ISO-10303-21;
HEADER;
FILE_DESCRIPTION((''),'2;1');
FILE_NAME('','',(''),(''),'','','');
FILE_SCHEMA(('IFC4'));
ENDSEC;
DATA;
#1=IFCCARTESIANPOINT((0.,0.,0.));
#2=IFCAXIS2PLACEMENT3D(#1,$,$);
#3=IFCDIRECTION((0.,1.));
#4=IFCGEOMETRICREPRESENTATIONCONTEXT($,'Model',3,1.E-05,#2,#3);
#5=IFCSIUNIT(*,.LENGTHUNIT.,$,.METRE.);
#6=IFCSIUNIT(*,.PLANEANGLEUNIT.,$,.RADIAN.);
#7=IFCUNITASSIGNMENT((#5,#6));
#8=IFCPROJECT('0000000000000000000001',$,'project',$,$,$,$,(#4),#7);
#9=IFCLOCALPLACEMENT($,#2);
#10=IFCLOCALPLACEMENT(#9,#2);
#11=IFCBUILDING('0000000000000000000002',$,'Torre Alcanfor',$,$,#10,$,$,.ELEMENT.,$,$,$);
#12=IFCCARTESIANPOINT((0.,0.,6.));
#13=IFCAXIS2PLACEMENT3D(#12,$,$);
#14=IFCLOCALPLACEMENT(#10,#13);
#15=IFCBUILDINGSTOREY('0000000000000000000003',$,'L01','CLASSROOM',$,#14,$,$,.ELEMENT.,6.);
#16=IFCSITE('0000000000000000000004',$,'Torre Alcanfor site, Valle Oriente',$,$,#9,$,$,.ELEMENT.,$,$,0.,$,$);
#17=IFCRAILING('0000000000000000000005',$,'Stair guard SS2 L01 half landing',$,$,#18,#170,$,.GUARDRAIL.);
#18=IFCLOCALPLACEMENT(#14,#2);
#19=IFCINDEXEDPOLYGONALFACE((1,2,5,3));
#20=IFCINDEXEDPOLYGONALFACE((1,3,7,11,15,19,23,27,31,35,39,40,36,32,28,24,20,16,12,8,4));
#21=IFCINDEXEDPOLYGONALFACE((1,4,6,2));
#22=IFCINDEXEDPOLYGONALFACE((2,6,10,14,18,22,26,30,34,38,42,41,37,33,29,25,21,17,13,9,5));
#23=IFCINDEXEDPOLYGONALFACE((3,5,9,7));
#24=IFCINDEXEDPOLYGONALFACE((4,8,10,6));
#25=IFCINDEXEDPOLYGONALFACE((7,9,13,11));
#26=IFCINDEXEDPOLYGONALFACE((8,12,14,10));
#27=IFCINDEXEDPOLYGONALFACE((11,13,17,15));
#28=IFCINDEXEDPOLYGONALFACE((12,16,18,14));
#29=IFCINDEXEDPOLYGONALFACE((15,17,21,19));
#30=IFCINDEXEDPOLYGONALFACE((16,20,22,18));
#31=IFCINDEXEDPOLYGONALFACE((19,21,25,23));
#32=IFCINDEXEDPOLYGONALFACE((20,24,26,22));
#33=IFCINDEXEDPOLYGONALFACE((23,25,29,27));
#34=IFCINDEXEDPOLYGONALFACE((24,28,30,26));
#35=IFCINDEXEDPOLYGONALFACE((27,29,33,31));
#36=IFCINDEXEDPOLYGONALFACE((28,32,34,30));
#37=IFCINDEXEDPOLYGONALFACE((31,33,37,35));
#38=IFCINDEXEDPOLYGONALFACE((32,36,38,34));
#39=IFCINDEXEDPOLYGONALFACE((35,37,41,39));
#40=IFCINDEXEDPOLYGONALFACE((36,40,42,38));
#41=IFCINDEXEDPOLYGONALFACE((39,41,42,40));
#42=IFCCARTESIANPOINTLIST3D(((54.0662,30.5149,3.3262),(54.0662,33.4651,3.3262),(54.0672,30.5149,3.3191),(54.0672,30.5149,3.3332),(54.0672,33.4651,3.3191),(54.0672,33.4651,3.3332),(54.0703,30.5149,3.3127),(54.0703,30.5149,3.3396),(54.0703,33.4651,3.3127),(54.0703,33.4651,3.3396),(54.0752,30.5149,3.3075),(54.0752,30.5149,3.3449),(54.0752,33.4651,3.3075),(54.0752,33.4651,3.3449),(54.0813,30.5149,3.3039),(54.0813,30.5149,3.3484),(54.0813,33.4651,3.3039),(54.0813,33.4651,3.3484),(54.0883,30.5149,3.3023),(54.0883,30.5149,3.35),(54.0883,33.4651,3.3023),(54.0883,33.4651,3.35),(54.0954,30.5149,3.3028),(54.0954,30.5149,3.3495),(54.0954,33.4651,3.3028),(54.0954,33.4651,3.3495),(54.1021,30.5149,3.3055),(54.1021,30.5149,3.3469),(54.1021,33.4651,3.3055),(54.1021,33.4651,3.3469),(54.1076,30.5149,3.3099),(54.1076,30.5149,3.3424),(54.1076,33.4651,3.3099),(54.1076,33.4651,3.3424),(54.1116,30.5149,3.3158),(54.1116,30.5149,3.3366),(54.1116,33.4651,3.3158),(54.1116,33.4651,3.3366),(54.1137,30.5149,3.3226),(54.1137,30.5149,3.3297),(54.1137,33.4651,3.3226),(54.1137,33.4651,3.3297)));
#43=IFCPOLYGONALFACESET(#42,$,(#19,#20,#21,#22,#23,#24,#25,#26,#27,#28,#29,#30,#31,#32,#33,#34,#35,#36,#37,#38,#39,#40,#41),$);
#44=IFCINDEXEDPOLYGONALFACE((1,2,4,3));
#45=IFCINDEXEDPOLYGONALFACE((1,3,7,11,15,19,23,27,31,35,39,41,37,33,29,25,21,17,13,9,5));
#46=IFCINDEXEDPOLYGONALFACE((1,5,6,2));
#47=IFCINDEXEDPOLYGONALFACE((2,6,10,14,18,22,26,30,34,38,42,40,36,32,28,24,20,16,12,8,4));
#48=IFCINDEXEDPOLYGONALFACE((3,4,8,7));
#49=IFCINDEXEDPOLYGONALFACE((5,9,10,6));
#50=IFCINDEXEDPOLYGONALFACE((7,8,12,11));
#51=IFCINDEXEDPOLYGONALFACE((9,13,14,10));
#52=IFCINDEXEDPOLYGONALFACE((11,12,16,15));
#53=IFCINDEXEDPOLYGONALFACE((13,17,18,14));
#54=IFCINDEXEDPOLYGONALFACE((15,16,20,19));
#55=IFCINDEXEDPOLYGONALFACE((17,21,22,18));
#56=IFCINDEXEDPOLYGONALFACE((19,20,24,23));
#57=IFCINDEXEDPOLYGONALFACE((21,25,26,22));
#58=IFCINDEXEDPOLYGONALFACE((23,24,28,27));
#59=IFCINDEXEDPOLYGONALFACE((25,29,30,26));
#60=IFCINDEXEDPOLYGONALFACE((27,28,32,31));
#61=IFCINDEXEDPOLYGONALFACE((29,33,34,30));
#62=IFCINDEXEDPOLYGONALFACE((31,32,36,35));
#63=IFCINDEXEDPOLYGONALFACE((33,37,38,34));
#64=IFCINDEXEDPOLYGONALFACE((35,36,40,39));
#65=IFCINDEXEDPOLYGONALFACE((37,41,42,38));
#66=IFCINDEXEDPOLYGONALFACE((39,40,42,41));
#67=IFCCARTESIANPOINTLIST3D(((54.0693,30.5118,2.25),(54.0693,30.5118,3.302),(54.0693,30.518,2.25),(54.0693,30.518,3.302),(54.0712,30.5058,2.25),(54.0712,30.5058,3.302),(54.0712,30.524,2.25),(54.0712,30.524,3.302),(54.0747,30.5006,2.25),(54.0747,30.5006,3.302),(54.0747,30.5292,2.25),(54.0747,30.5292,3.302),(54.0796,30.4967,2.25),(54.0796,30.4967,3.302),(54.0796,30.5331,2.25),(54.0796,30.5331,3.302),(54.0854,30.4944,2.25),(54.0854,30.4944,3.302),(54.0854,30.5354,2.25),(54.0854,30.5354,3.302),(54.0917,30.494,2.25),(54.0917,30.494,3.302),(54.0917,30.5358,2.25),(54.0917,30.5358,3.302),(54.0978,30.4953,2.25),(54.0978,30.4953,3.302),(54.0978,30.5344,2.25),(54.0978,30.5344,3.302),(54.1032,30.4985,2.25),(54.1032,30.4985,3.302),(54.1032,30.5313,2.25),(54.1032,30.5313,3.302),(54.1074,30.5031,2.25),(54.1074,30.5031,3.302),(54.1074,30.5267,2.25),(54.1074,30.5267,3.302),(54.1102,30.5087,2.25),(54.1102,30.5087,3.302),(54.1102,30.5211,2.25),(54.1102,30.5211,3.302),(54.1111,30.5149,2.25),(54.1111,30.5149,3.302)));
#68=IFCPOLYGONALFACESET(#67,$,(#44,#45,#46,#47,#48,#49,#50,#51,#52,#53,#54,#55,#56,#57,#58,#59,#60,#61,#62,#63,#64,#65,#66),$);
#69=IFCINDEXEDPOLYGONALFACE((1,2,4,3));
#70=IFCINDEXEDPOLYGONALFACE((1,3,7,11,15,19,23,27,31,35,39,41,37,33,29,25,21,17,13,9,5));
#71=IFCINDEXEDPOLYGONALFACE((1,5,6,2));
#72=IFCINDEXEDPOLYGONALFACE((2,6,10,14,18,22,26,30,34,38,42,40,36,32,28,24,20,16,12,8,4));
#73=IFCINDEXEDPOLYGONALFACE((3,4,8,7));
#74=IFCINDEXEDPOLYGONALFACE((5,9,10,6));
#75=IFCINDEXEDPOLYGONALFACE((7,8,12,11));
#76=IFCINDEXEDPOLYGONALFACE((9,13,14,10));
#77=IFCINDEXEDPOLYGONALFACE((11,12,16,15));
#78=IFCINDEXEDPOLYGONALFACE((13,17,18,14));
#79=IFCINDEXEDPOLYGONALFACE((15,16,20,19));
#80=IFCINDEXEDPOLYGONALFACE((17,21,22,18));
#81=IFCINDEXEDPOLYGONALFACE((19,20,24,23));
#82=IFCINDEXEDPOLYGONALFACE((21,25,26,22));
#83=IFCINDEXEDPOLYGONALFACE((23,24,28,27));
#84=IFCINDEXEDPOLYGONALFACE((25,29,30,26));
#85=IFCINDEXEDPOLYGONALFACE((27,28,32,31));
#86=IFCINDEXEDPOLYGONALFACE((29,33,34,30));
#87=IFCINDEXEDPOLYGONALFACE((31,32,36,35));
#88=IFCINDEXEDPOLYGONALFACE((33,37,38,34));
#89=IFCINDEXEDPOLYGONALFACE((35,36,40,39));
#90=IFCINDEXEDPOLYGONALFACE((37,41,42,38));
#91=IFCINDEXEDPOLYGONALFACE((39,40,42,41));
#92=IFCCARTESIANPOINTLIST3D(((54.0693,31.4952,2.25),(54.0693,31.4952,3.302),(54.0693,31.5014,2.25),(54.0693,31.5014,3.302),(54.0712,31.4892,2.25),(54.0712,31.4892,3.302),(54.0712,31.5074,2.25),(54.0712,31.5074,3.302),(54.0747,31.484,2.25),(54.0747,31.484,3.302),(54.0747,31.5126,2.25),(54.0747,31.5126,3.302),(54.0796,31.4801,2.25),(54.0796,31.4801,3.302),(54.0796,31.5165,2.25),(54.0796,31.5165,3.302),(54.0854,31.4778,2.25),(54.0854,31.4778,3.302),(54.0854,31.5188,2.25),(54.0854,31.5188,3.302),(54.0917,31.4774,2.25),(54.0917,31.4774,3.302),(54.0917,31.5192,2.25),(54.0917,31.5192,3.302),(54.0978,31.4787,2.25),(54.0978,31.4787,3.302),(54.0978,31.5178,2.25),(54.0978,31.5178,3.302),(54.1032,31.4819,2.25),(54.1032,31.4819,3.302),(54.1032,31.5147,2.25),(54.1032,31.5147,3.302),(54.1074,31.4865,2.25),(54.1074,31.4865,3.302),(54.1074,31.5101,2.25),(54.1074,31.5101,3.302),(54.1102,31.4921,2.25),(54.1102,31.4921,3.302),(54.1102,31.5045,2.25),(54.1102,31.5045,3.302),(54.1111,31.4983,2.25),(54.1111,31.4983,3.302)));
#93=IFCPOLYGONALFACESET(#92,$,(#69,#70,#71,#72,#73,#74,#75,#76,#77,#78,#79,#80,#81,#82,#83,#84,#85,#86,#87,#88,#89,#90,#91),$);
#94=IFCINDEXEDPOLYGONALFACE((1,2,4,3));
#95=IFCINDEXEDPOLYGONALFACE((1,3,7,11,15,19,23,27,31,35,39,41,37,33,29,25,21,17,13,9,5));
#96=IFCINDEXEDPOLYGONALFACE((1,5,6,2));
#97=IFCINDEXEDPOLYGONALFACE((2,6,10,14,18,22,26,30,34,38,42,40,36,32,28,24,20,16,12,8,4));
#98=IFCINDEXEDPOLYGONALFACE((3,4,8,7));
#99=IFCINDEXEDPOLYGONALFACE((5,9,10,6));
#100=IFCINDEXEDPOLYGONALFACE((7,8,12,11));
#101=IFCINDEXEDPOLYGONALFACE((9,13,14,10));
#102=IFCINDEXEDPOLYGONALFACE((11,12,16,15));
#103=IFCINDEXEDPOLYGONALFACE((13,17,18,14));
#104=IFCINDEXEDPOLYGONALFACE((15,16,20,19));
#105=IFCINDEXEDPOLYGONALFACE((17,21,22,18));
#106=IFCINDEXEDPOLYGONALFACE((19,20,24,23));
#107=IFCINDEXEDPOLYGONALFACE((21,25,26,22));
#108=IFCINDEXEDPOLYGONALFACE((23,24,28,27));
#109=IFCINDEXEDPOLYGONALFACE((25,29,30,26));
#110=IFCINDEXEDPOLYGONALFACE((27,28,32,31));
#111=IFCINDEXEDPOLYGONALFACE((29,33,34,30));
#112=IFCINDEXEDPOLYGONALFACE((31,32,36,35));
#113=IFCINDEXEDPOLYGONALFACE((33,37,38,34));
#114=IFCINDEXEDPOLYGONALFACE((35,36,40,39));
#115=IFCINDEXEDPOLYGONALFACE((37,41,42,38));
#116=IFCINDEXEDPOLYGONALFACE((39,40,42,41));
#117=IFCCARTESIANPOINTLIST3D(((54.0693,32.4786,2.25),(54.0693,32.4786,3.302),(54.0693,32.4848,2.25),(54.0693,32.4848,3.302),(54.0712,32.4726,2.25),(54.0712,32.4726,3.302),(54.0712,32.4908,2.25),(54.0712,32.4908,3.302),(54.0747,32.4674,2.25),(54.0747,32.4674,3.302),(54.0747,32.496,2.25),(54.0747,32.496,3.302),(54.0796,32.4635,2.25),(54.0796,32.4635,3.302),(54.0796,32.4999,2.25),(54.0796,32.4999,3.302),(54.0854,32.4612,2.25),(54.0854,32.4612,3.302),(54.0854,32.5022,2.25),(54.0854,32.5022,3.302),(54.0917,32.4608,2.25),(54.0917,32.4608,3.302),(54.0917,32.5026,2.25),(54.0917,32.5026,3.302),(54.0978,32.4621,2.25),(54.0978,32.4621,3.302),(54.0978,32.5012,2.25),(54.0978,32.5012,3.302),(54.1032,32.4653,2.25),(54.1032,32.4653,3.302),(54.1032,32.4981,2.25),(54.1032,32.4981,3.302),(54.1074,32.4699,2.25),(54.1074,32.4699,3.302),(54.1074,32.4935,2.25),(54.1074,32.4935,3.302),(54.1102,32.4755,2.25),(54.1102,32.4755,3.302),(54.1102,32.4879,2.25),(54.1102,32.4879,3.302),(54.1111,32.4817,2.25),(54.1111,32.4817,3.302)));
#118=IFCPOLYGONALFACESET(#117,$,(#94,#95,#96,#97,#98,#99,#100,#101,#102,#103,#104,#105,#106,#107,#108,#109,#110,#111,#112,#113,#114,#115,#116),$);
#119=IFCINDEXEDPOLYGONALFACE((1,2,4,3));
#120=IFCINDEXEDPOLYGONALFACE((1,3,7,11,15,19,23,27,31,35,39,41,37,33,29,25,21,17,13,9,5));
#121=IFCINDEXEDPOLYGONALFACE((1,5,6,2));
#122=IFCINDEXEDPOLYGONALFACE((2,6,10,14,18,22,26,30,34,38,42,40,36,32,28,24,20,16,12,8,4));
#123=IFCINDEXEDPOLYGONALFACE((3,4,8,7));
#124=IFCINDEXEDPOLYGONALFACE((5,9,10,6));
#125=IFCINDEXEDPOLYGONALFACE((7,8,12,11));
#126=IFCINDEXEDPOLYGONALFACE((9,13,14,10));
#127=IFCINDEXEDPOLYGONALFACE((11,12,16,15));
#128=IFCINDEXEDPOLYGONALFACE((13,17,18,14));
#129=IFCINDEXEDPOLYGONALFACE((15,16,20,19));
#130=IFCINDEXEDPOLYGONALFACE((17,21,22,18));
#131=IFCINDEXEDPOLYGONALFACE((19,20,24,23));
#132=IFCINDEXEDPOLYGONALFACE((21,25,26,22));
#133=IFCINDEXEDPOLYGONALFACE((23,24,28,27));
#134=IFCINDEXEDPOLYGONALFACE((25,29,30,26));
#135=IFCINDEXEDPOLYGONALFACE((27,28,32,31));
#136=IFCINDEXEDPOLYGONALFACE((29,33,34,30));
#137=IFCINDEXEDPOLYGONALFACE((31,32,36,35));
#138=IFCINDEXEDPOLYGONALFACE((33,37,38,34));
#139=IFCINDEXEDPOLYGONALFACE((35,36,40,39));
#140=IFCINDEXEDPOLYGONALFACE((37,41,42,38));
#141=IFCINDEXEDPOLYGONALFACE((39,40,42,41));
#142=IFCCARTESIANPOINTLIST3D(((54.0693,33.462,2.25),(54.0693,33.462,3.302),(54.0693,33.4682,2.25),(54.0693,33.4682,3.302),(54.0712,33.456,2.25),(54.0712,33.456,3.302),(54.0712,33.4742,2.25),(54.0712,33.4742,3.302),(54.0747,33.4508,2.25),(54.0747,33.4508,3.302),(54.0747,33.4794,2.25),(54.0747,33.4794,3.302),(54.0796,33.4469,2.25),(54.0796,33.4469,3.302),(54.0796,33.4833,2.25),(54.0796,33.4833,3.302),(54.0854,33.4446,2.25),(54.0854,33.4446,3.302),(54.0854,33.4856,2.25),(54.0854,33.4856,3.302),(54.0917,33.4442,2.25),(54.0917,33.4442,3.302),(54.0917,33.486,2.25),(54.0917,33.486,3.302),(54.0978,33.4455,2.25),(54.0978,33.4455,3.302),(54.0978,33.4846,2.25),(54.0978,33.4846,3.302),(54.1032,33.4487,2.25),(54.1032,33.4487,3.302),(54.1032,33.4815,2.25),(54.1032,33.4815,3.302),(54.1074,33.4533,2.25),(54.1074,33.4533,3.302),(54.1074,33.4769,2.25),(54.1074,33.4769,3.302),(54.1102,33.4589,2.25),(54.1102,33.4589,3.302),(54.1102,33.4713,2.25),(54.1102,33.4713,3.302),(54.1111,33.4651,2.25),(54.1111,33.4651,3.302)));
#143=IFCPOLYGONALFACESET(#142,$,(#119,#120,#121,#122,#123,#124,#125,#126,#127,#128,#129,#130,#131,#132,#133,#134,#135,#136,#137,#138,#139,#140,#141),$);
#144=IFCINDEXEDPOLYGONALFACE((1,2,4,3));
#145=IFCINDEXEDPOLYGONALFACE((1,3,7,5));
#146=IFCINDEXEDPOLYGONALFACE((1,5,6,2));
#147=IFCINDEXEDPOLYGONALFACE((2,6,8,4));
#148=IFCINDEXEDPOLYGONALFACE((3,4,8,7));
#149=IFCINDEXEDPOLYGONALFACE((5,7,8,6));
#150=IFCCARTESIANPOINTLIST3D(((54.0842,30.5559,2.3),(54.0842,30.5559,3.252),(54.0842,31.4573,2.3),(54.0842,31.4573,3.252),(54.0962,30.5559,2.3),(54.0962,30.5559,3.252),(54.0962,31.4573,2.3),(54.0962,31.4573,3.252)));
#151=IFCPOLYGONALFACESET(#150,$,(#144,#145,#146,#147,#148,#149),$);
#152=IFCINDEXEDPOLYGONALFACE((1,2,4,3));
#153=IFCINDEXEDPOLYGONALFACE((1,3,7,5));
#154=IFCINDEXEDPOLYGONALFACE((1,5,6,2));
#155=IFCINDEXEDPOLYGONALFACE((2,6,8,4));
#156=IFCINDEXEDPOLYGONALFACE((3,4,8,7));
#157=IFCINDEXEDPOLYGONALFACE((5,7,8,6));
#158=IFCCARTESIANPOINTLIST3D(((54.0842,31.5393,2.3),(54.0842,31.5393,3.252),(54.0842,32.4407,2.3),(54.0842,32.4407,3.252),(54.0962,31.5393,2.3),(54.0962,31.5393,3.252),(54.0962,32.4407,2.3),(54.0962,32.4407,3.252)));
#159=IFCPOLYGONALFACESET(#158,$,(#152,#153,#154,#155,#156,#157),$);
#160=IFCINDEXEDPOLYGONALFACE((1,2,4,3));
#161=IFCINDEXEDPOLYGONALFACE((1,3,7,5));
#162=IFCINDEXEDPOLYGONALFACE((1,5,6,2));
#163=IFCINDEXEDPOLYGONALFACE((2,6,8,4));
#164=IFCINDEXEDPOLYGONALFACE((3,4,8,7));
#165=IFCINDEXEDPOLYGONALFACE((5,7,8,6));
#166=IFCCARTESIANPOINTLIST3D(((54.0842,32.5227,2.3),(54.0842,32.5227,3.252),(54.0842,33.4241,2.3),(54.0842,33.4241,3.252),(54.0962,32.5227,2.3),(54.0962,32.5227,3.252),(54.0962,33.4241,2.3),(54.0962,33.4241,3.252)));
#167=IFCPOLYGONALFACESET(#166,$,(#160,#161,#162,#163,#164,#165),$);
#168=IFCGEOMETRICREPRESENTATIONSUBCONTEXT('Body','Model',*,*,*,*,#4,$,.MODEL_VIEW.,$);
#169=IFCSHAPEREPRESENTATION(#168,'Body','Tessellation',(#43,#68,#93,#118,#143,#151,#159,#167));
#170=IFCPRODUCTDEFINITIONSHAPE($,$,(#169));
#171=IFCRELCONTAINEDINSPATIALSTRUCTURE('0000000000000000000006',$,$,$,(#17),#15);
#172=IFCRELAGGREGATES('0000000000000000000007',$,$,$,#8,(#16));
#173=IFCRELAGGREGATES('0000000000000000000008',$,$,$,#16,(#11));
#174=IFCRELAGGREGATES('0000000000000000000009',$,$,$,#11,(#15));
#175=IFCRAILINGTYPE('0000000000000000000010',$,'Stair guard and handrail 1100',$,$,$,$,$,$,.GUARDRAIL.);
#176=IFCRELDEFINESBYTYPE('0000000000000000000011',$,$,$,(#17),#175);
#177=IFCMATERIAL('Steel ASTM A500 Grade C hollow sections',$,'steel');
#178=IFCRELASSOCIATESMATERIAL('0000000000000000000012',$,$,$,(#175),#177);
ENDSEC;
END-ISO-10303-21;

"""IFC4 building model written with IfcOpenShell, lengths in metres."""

from ifc_helpers import new_model, si_unit, direction, frame, origin, origin_2d, place, context, subcontext, project, spatial, polyline, circle, outline, extrude, material, type_object, element, save


model = new_model("IFC4")

# Units and contexts
model_context = context("Model", 3, precision=1e-05, world=origin(), true_north=direction((0.0, 1.0)))
body_context = subcontext(model_context, "Body", "Model", "MODEL_VIEW")
ifc_project = project(units=[si_unit("LENGTHUNIT", "METRE"), si_unit("PLANEANGLEUNIT", "RADIAN")], contexts=[model_context])

# Site, building, storey
site_placement = place(None, origin())
site = spatial("IfcSite", under=ifc_project, at=site_placement, Name="Torre Alcanfor site, Valle Oriente", CompositionType="ELEMENT", RefElevation=0.0)
building_placement = place(site_placement, origin())
building = spatial("IfcBuilding", under=site, at=building_placement, Name="Torre Alcanfor", CompositionType="ELEMENT")
storey_placement = place(building_placement, frame((0.0, 0.0, 6.0)))
storey = spatial("IfcBuildingStorey", under=building, at=storey_placement, Name="L01", Description="CLASSROOM", CompositionType="ELEMENT", Elevation=6.0)

# Railing
ifc_material_1 = material(Name="Steel ASTM A500 Grade C hollow sections", Category="steel")
railing_type_1 = type_object("IfcRailingType", Name="Stair guard and handrail 1100", PredefinedType="GUARDRAIL", material=ifc_material_1)
railing_1_placement = place(storey_placement, frame((54.0901, 30.5149, 2.25)))
element("IfcRailing", 1, at=railing_1_placement, inside=storey, type_object=railing_type_1, Name="Stair guard SS2 L01 half landing", PredefinedType="GUARDRAIL", context=body_context, shape_type="SweptSolid", body=[
    extrude(circle(Radius=0.0239, at=origin_2d()), frame((0.0, 0.0, 1.0762), z_axis=(0.0, 1.0, 0.0), x_axis=(-1.0, 0.0, 0.0)), (0.0, 0.0, 1.0), 2.9502),
    extrude(circle(Radius=0.021, at=origin_2d()), origin(), (0.0, 0.0, 1.0), 1.052),
    extrude(circle(Radius=0.021, at=origin_2d()), frame((0.0, 0.9834, 0.0)), (0.0, 0.0, 1.0), 1.052),
    extrude(circle(Radius=0.021, at=origin_2d()), frame((0.0, 1.9668, 0.0)), (0.0, 0.0, 1.0), 1.052),
    extrude(circle(Radius=0.021, at=origin_2d()), frame((0.0, 2.9502, 0.0)), (0.0, 0.0, 1.0), 1.052),
    extrude(outline(polyline([(0.041, 0.05), (0.9424, 0.05), (0.9424, 1.002), (0.041, 1.002), (0.041, 0.05)])), frame((-0.0059, 0.0, 0.0), z_axis=(1.0, 0.0, 0.0), x_axis=(0.0, 1.0, 0.0)), (0.0, 0.0, 1.0), 0.012),
    extrude(outline(polyline([(1.0244, 0.05), (1.9258, 0.05), (1.9258, 1.002), (1.0244, 1.002), (1.0244, 0.05)])), frame((-0.0059, 0.0, 0.0), z_axis=(1.0, 0.0, 0.0), x_axis=(0.0, 1.0, 0.0)), (0.0, 0.0, 1.0), 0.012),
    extrude(outline(polyline([(2.0078, 0.05), (2.9092, 0.05), (2.9092, 1.002), (2.0078, 1.002), (2.0078, 0.05)])), frame((-0.0059, 0.0, 0.0), z_axis=(1.0, 0.0, 0.0), x_axis=(0.0, 1.0, 0.0)), (0.0, 0.0, 1.0), 0.012),
])

save(model, "model.ifc")
